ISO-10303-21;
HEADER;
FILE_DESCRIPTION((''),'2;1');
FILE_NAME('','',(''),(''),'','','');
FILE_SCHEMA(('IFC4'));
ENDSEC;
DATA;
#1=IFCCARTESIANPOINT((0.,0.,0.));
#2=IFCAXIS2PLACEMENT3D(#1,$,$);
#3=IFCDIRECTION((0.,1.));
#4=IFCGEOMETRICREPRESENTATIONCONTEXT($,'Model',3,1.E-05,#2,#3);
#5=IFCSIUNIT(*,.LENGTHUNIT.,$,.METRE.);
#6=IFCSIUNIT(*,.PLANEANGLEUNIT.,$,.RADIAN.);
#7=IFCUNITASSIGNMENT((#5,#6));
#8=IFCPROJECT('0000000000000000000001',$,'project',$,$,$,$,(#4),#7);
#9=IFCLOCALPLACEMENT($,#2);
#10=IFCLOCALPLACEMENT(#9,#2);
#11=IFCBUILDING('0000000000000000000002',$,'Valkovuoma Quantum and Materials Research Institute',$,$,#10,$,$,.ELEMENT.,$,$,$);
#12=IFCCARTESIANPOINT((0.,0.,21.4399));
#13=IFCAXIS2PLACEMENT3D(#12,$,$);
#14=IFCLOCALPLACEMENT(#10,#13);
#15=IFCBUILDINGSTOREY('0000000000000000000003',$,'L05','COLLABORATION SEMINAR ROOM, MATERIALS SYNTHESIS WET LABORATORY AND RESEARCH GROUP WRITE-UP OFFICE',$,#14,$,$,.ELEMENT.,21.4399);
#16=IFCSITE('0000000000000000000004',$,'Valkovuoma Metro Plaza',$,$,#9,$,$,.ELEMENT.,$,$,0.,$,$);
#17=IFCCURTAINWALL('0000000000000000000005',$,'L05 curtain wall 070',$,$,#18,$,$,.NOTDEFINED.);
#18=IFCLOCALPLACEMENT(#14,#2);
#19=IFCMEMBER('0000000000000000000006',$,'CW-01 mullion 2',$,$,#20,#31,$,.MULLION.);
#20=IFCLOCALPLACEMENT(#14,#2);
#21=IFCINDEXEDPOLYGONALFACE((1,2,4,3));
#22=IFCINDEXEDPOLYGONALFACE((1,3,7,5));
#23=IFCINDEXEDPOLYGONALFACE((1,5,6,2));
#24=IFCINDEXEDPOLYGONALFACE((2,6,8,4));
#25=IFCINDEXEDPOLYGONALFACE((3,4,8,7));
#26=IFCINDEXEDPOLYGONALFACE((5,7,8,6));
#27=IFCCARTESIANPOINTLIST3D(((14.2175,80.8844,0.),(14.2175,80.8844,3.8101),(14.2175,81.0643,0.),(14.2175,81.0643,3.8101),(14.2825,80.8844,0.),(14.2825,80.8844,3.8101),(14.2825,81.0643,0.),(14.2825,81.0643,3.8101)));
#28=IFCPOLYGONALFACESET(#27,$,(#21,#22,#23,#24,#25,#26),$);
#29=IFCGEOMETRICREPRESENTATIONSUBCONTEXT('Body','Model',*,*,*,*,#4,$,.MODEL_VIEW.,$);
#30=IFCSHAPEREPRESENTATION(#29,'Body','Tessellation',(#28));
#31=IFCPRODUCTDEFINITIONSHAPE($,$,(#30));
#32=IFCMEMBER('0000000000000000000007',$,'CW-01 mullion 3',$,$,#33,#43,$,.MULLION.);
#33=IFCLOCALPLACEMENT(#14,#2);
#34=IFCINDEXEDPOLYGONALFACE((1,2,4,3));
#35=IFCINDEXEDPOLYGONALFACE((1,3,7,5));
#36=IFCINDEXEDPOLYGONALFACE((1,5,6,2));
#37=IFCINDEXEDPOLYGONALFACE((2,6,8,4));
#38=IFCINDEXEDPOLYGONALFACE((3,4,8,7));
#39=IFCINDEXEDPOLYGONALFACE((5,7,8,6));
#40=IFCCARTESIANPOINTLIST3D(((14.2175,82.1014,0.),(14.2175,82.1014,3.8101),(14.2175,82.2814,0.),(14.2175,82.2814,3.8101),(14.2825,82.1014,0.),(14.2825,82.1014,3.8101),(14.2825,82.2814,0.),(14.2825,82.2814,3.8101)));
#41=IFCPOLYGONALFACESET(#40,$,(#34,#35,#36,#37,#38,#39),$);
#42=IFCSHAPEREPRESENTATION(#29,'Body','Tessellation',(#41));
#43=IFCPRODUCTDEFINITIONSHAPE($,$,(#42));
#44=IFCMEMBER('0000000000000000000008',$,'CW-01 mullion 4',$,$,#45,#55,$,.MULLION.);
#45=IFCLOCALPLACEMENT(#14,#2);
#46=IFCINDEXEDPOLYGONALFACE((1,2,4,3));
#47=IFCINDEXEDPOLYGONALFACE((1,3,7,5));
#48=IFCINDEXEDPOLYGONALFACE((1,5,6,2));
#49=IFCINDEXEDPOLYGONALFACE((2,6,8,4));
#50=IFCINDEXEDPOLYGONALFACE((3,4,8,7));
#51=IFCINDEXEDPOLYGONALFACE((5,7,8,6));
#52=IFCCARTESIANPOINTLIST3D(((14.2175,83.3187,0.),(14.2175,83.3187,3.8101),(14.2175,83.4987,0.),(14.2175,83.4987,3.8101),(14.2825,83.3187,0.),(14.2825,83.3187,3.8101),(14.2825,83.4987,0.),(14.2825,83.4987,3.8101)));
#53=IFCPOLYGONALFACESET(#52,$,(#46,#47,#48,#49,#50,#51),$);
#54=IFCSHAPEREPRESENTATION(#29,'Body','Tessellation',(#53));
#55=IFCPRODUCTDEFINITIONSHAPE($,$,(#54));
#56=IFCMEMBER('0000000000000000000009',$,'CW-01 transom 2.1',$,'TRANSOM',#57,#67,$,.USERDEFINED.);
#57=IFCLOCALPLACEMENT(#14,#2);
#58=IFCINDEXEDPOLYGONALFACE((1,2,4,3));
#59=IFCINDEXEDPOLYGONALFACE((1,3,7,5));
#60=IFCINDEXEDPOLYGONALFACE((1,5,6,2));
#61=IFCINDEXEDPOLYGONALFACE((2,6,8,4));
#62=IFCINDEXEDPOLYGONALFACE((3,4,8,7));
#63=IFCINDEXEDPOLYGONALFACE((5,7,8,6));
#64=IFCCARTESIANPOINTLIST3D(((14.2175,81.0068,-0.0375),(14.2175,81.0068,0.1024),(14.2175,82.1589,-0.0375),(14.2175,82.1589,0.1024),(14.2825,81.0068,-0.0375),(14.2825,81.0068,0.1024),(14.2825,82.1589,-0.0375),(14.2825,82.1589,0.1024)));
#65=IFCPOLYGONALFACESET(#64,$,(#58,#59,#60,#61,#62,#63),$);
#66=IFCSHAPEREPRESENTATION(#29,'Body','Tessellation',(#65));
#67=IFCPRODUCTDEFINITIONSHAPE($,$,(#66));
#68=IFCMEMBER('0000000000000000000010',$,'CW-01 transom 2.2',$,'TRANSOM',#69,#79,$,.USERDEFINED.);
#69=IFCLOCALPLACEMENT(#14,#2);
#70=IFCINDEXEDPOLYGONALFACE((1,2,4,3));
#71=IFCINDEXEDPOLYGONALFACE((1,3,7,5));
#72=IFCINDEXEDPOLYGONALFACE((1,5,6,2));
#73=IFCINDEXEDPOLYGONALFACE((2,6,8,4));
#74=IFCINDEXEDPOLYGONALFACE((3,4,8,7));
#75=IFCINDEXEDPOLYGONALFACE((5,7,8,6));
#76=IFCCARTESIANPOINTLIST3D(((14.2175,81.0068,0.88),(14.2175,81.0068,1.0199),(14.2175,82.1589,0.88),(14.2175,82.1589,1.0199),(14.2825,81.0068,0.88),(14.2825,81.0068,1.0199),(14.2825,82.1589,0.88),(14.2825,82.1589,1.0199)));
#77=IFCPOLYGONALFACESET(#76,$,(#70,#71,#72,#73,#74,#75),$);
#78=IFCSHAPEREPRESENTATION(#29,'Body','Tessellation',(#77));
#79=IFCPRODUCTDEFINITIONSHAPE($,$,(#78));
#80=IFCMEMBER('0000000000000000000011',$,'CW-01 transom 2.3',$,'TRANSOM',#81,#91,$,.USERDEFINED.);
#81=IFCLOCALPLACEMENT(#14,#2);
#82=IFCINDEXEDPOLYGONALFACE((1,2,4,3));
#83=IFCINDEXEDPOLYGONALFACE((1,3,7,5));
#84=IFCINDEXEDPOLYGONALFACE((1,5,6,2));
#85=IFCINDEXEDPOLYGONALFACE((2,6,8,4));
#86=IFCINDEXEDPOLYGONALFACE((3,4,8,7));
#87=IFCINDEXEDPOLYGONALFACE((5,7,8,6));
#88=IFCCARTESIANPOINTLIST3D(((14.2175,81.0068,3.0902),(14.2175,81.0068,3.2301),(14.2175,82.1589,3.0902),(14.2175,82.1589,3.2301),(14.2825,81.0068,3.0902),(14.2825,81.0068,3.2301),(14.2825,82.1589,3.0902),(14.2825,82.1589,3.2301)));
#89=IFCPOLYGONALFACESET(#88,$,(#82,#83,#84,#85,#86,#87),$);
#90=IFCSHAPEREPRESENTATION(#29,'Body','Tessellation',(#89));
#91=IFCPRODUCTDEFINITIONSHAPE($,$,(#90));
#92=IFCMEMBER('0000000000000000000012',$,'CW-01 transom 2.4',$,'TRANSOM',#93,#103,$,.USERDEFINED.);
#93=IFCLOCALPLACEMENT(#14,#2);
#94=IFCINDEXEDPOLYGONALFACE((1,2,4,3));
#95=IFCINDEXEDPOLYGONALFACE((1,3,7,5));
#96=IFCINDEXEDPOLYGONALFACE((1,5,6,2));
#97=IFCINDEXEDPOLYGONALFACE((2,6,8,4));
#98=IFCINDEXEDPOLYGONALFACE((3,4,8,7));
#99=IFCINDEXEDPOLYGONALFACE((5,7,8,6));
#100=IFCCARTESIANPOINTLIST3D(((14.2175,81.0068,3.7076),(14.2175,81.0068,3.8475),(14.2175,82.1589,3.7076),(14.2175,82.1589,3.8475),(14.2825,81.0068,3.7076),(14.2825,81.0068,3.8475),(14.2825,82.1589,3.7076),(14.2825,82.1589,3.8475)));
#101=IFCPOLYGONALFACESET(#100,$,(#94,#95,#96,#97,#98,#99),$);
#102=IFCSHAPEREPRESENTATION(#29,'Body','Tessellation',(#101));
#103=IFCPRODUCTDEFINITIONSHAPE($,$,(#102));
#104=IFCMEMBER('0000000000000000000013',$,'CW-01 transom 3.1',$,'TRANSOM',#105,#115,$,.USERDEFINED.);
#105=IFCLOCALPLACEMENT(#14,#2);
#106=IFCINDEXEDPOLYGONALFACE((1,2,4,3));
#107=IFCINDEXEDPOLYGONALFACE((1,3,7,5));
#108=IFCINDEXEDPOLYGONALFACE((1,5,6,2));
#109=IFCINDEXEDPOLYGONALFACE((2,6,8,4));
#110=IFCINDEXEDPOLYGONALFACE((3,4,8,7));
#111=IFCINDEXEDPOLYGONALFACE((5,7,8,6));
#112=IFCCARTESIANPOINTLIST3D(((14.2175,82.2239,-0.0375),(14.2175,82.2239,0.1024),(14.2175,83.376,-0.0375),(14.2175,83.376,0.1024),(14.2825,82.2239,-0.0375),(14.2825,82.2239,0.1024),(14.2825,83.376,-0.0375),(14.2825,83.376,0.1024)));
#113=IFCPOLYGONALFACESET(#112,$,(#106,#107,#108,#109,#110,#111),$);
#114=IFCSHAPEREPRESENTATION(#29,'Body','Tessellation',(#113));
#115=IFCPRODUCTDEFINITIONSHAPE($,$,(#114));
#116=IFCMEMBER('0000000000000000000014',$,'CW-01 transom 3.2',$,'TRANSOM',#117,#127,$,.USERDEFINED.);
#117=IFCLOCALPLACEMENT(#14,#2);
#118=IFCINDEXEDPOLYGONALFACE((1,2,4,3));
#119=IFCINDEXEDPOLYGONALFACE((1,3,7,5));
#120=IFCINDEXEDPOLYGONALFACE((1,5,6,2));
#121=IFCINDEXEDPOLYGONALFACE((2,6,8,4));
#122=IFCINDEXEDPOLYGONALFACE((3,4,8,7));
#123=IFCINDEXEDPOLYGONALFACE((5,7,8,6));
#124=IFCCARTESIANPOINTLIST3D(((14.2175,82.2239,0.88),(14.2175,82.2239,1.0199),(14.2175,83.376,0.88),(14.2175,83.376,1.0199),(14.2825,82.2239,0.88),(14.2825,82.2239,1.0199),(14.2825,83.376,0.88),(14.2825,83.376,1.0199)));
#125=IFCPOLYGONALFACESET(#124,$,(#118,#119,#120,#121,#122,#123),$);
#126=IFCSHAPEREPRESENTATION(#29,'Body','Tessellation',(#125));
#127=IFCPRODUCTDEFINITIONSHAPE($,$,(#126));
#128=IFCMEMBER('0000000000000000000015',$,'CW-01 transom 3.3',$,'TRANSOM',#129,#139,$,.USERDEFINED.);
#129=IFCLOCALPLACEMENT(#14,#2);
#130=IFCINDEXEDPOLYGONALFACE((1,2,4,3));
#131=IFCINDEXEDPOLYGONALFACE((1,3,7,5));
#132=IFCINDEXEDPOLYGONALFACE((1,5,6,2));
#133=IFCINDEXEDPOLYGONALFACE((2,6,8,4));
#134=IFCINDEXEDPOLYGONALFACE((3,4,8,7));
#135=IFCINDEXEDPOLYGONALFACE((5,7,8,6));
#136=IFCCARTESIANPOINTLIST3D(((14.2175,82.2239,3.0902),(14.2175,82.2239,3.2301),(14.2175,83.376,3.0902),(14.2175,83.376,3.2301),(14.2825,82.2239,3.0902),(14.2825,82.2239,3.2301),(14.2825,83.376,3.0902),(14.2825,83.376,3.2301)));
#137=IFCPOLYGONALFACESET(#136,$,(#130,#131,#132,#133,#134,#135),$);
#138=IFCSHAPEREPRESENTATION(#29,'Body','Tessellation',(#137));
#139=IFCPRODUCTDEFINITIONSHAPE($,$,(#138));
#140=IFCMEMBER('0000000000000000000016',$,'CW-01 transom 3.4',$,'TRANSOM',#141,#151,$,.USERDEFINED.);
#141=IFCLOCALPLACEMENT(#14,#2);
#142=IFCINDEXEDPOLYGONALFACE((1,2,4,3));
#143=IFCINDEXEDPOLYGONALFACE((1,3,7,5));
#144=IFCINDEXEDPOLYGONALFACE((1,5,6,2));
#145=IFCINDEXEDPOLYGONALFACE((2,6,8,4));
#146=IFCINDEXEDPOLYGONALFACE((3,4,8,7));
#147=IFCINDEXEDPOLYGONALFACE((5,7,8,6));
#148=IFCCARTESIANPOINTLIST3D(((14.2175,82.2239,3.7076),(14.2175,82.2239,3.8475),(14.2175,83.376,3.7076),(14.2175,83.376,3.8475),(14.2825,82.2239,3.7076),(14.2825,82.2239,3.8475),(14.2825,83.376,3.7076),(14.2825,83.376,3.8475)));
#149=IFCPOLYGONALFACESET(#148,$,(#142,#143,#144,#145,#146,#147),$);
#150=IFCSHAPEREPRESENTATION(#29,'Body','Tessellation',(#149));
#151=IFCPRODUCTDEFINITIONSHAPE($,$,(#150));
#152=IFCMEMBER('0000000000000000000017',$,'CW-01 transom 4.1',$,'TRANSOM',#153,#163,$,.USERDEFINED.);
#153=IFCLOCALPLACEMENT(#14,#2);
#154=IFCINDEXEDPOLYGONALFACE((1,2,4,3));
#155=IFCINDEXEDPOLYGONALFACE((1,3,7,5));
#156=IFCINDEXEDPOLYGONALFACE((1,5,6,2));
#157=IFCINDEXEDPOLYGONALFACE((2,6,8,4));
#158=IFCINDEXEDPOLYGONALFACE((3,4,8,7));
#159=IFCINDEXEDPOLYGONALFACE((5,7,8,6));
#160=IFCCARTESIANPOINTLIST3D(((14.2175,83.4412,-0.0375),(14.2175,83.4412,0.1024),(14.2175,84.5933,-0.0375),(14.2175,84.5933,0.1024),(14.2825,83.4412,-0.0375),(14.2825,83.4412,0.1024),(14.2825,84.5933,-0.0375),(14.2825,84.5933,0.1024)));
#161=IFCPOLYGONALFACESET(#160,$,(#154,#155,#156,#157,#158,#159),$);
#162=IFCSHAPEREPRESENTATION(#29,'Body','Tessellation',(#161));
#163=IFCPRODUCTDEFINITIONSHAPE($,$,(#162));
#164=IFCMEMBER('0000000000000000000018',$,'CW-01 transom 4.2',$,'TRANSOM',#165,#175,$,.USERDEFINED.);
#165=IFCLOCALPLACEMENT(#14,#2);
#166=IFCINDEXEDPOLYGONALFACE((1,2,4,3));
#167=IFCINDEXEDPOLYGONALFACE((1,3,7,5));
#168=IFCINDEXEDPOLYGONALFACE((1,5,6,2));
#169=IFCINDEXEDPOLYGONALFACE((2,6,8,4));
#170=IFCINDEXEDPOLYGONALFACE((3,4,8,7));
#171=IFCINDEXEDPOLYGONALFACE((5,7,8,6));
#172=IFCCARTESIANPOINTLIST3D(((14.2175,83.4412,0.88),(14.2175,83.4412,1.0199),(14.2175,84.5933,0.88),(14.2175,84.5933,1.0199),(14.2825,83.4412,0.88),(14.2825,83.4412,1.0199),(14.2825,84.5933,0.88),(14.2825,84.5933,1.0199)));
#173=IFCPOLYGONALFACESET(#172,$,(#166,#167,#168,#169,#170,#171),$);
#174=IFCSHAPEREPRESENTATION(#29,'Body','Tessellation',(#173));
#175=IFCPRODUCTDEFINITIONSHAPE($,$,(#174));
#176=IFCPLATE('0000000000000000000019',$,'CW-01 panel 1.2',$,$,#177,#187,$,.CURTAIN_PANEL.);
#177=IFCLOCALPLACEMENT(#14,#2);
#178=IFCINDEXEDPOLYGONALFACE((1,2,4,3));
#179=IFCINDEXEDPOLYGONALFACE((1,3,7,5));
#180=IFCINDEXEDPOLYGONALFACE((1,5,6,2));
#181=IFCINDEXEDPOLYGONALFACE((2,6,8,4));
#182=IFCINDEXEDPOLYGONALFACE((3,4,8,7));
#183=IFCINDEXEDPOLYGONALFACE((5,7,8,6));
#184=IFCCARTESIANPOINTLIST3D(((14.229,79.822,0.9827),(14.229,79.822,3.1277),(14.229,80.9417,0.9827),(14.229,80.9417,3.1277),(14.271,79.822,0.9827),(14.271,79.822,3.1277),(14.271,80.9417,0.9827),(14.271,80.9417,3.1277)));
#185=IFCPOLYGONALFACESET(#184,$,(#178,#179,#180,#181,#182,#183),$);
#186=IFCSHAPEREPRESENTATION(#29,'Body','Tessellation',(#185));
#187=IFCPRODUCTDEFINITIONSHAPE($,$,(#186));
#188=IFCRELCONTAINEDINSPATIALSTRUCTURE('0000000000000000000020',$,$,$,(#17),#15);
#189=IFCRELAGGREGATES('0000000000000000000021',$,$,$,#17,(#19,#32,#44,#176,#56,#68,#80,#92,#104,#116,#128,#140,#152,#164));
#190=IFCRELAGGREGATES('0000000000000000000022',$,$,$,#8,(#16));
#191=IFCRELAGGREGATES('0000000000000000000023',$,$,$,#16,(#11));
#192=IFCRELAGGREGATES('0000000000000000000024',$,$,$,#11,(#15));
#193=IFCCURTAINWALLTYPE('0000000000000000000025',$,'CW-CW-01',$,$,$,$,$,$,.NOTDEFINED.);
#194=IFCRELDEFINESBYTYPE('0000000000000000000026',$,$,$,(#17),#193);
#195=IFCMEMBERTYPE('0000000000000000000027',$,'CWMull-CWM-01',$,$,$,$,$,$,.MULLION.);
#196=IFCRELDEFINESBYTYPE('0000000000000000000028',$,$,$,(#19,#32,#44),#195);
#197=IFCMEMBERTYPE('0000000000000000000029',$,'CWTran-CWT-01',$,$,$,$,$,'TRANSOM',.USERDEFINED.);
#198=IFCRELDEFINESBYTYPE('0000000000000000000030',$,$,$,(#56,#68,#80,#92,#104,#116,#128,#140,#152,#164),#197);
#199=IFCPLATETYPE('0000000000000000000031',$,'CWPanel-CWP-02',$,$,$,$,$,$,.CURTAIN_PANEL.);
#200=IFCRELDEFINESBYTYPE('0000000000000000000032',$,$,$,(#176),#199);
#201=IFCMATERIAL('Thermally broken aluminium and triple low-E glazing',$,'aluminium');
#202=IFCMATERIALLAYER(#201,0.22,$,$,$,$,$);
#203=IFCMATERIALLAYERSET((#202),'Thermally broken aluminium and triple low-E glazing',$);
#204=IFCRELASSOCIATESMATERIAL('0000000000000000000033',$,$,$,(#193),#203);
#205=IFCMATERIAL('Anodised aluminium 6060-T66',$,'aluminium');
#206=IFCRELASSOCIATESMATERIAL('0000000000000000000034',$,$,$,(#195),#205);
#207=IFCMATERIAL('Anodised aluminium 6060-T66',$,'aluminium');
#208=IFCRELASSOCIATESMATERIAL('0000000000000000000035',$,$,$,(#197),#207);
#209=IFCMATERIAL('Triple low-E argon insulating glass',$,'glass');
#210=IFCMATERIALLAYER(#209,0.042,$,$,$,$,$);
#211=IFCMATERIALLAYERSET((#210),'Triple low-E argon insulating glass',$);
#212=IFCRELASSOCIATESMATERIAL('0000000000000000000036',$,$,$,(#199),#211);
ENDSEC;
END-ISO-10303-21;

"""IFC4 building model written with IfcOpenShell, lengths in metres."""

from ifc_helpers import new_model, si_unit, direction, frame, origin, origin_2d, place, context, subcontext, project, spatial, rectangle, extrude, material, layer, layer_set, material_profile, profile_set, type_object, element, aggregate, save


model = new_model("IFC4")

# Units and contexts
model_context = context("Model", 3, precision=1e-05, world=origin(), true_north=direction((0.0, 1.0)))
body_context = subcontext(model_context, "Body", "Model", "MODEL_VIEW")
ifc_project = project(units=[si_unit("LENGTHUNIT", "METRE"), si_unit("PLANEANGLEUNIT", "RADIAN")], contexts=[model_context])

# Site, building, storey
site_placement = place(None, origin())
site = spatial("IfcSite", under=ifc_project, at=site_placement, Name="Valkovuoma Metro Plaza", CompositionType="ELEMENT", RefElevation=0.0)
building_placement = place(site_placement, origin())
building = spatial("IfcBuilding", under=site, at=building_placement, Name="Valkovuoma Quantum and Materials Research Institute", CompositionType="ELEMENT")
storey_placement = place(building_placement, frame((0.0, 0.0, 21.4399)))
storey = spatial("IfcBuildingStorey", under=building, at=storey_placement, Name="L05", Description="COLLABORATION SEMINAR ROOM, MATERIALS SYNTHESIS WET LABORATORY AND RESEARCH GROUP WRITE-UP OFFICE", CompositionType="ELEMENT", Elevation=21.4399)

# Curtain wall, members, plate
ifc_material_1 = material(Name="Thermally broken aluminium and triple low-E glazing", Category="aluminium")
ifc_layer_1 = layer(ifc_material_1, 0.22)
ifc_layer_set_1 = layer_set([ifc_layer_1], Name="Thermally broken aluminium and triple low-E glazing")
curtain_wall_type = type_object("IfcCurtainWallType", Name="CW-CW-01", PredefinedType="NOTDEFINED", material=ifc_layer_set_1)
curtain_wall_placement = place(storey_placement, origin())
curtain_wall = element("IfcCurtainWall", 1, at=curtain_wall_placement, inside=storey, type_object=curtain_wall_type, Name="L05 curtain wall 070", PredefinedType="NOTDEFINED")
ifc_material_2 = material(Name="Anodised aluminium 6060-T66", Category="aluminium")
ifc_material_profile_1 = material_profile(ifc_material_2, rectangle(XDim=0.0649, YDim=0.1799, at=origin_2d()), Name="Anodised aluminium 6060-T66")
ifc_profile_set_1 = profile_set([ifc_material_profile_1], Name="Anodised aluminium 6060-T66")
member_type_1 = type_object("IfcMemberType", Name="CWMull-CWM-01", PredefinedType="MULLION", material=ifc_profile_set_1)
member_1_placement = place(storey_placement, frame((14.25, 80.9744, 0.0), z_axis=(0.0, 0.0, 1.0), x_axis=(-1.0, 0.0, 0.0)))
member_1 = element("IfcMember", 2, at=member_1_placement, type_object=member_type_1, Name="CW-01 mullion 2", PredefinedType="MULLION", context=body_context, shape_type="SweptSolid", body=[
    extrude(rectangle(XDim=0.0649, YDim=0.1799, at=origin_2d()), origin(), (0.0, 0.0, 1.0), 3.8101),
])
member_2_placement = place(storey_placement, frame((14.25, 82.1914, 0.0), z_axis=(0.0, 0.0, 1.0), x_axis=(-1.0, 0.0, 0.0)))
member_2 = element("IfcMember", 3, at=member_2_placement, type_object=member_type_1, Name="CW-01 mullion 3", PredefinedType="MULLION", context=body_context, shape_type="SweptSolid", body=[
    extrude(rectangle(XDim=0.0649, YDim=0.1799, at=origin_2d()), origin(), (0.0, 0.0, 1.0), 3.8101),
])
member_3_placement = place(storey_placement, frame((14.25, 83.4087, 0.0), z_axis=(0.0, 0.0, 1.0), x_axis=(-1.0, 0.0, 0.0)))
member_3 = element("IfcMember", 4, at=member_3_placement, type_object=member_type_1, Name="CW-01 mullion 4", PredefinedType="MULLION", context=body_context, shape_type="SweptSolid", body=[
    extrude(rectangle(XDim=0.0649, YDim=0.1799, at=origin_2d()), origin(), (0.0, 0.0, 1.0), 3.8101),
])
ifc_material_3 = material(Name="Anodised aluminium 6060-T66", Category="aluminium")
ifc_material_profile_2 = material_profile(ifc_material_3, rectangle(XDim=0.0649, YDim=0.1399, at=origin_2d()), Name="Anodised aluminium 6060-T66")
ifc_profile_set_2 = profile_set([ifc_material_profile_2], Name="Anodised aluminium 6060-T66")
member_type_2 = type_object("IfcMemberType", Name="CWTran-CWT-01", ElementType="TRANSOM", PredefinedType="USERDEFINED", material=ifc_profile_set_2)
member_4_placement = place(storey_placement, frame((14.25, 81.0068, 0.0325), z_axis=(0.0, 1.0, 0.0), x_axis=(-1.0, 0.0, 0.0)))
member_4 = element("IfcMember", 5, at=member_4_placement, type_object=member_type_2, Name="CW-01 transom 2.1", ObjectType="TRANSOM", PredefinedType="USERDEFINED", context=body_context, shape_type="SweptSolid", body=[
    extrude(rectangle(XDim=0.0649, YDim=0.1399, at=origin_2d()), origin(), (0.0, 0.0, 1.0), 1.1521),
])
member_5_placement = place(storey_placement, frame((14.25, 81.0068, 0.95), z_axis=(0.0, 1.0, 0.0), x_axis=(-1.0, 0.0, 0.0)))
member_5 = element("IfcMember", 6, at=member_5_placement, type_object=member_type_2, Name="CW-01 transom 2.2", ObjectType="TRANSOM", PredefinedType="USERDEFINED", context=body_context, shape_type="SweptSolid", body=[
    extrude(rectangle(XDim=0.0649, YDim=0.1399, at=origin_2d()), origin(), (0.0, 0.0, 1.0), 1.1521),
])
member_6_placement = place(storey_placement, frame((14.25, 81.0068, 3.1602), z_axis=(0.0, 1.0, 0.0), x_axis=(-1.0, 0.0, 0.0)))
member_6 = element("IfcMember", 7, at=member_6_placement, type_object=member_type_2, Name="CW-01 transom 2.3", ObjectType="TRANSOM", PredefinedType="USERDEFINED", context=body_context, shape_type="SweptSolid", body=[
    extrude(rectangle(XDim=0.0649, YDim=0.1399, at=origin_2d()), origin(), (0.0, 0.0, 1.0), 1.1521),
])
member_7_placement = place(storey_placement, frame((14.25, 81.0068, 3.7776), z_axis=(0.0, 1.0, 0.0), x_axis=(-1.0, 0.0, 0.0)))
member_7 = element("IfcMember", 8, at=member_7_placement, type_object=member_type_2, Name="CW-01 transom 2.4", ObjectType="TRANSOM", PredefinedType="USERDEFINED", context=body_context, shape_type="SweptSolid", body=[
    extrude(rectangle(XDim=0.0649, YDim=0.1399, at=origin_2d()), origin(), (0.0, 0.0, 1.0), 1.1521),
])
member_8_placement = place(storey_placement, frame((14.25, 82.2239, 0.0325), z_axis=(0.0, 1.0, 0.0), x_axis=(-1.0, 0.0, 0.0)))
member_8 = element("IfcMember", 9, at=member_8_placement, type_object=member_type_2, Name="CW-01 transom 3.1", ObjectType="TRANSOM", PredefinedType="USERDEFINED", context=body_context, shape_type="SweptSolid", body=[
    extrude(rectangle(XDim=0.0649, YDim=0.1399, at=origin_2d()), origin(), (0.0, 0.0, 1.0), 1.1521),
])
member_9_placement = place(storey_placement, frame((14.25, 82.2239, 0.95), z_axis=(0.0, 1.0, 0.0), x_axis=(-1.0, 0.0, 0.0)))
member_9 = element("IfcMember", 10, at=member_9_placement, type_object=member_type_2, Name="CW-01 transom 3.2", ObjectType="TRANSOM", PredefinedType="USERDEFINED", context=body_context, shape_type="SweptSolid", body=[
    extrude(rectangle(XDim=0.0649, YDim=0.1399, at=origin_2d()), origin(), (0.0, 0.0, 1.0), 1.1521),
])
member_10_placement = place(storey_placement, frame((14.25, 82.2239, 3.1602), z_axis=(0.0, 1.0, 0.0), x_axis=(-1.0, 0.0, 0.0)))
member_10 = element("IfcMember", 11, at=member_10_placement, type_object=member_type_2, Name="CW-01 transom 3.3", ObjectType="TRANSOM", PredefinedType="USERDEFINED", context=body_context, shape_type="SweptSolid", body=[
    extrude(rectangle(XDim=0.0649, YDim=0.1399, at=origin_2d()), origin(), (0.0, 0.0, 1.0), 1.1521),
])
member_11_placement = place(storey_placement, frame((14.25, 82.2239, 3.7776), z_axis=(0.0, 1.0, 0.0), x_axis=(-1.0, 0.0, 0.0)))
member_11 = element("IfcMember", 12, at=member_11_placement, type_object=member_type_2, Name="CW-01 transom 3.4", ObjectType="TRANSOM", PredefinedType="USERDEFINED", context=body_context, shape_type="SweptSolid", body=[
    extrude(rectangle(XDim=0.0649, YDim=0.1399, at=origin_2d()), origin(), (0.0, 0.0, 1.0), 1.1521),
])
member_12_placement = place(storey_placement, frame((14.25, 83.4412, 0.0325), z_axis=(0.0, 1.0, 0.0), x_axis=(-1.0, 0.0, 0.0)))
member_12 = element("IfcMember", 13, at=member_12_placement, type_object=member_type_2, Name="CW-01 transom 4.1", ObjectType="TRANSOM", PredefinedType="USERDEFINED", context=body_context, shape_type="SweptSolid", body=[
    extrude(rectangle(XDim=0.0649, YDim=0.1399, at=origin_2d()), origin(), (0.0, 0.0, 1.0), 1.1521),
])
member_13_placement = place(storey_placement, frame((14.25, 83.4412, 0.95), z_axis=(0.0, 1.0, 0.0), x_axis=(-1.0, 0.0, 0.0)))
member_13 = element("IfcMember", 14, at=member_13_placement, type_object=member_type_2, Name="CW-01 transom 4.2", ObjectType="TRANSOM", PredefinedType="USERDEFINED", context=body_context, shape_type="SweptSolid", body=[
    extrude(rectangle(XDim=0.0649, YDim=0.1399, at=origin_2d()), origin(), (0.0, 0.0, 1.0), 1.1521),
])
ifc_material_4 = material(Name="Triple low-E argon insulating glass", Category="glass")
ifc_layer_2 = layer(ifc_material_4, 0.042)
ifc_layer_set_2 = layer_set([ifc_layer_2], Name="Triple low-E argon insulating glass")
plate_type = type_object("IfcPlateType", Name="CWPanel-CWP-02", PredefinedType="CURTAIN_PANEL", material=ifc_layer_set_2)
plate_1_placement = place(storey_placement, frame((14.25, 80.3818, 0.9827), z_axis=(0.0, 0.0, 1.0), x_axis=(0.0, 1.0, 0.0)))
plate_1 = element("IfcPlate", 15, at=plate_1_placement, type_object=plate_type, Name="CW-01 panel 1.2", PredefinedType="CURTAIN_PANEL", context=body_context, shape_type="SweptSolid", body=[
    extrude(rectangle(XDim=1.1196, YDim=0.042, at=origin_2d()), origin(), (0.0, 0.0, 1.0), 2.145),
])
aggregate(curtain_wall, [member_1, member_2, member_3, plate_1, member_4, member_5, member_6, member_7, member_8, member_9, member_10, member_11, member_12, member_13])

save(model, "model.ifc")
